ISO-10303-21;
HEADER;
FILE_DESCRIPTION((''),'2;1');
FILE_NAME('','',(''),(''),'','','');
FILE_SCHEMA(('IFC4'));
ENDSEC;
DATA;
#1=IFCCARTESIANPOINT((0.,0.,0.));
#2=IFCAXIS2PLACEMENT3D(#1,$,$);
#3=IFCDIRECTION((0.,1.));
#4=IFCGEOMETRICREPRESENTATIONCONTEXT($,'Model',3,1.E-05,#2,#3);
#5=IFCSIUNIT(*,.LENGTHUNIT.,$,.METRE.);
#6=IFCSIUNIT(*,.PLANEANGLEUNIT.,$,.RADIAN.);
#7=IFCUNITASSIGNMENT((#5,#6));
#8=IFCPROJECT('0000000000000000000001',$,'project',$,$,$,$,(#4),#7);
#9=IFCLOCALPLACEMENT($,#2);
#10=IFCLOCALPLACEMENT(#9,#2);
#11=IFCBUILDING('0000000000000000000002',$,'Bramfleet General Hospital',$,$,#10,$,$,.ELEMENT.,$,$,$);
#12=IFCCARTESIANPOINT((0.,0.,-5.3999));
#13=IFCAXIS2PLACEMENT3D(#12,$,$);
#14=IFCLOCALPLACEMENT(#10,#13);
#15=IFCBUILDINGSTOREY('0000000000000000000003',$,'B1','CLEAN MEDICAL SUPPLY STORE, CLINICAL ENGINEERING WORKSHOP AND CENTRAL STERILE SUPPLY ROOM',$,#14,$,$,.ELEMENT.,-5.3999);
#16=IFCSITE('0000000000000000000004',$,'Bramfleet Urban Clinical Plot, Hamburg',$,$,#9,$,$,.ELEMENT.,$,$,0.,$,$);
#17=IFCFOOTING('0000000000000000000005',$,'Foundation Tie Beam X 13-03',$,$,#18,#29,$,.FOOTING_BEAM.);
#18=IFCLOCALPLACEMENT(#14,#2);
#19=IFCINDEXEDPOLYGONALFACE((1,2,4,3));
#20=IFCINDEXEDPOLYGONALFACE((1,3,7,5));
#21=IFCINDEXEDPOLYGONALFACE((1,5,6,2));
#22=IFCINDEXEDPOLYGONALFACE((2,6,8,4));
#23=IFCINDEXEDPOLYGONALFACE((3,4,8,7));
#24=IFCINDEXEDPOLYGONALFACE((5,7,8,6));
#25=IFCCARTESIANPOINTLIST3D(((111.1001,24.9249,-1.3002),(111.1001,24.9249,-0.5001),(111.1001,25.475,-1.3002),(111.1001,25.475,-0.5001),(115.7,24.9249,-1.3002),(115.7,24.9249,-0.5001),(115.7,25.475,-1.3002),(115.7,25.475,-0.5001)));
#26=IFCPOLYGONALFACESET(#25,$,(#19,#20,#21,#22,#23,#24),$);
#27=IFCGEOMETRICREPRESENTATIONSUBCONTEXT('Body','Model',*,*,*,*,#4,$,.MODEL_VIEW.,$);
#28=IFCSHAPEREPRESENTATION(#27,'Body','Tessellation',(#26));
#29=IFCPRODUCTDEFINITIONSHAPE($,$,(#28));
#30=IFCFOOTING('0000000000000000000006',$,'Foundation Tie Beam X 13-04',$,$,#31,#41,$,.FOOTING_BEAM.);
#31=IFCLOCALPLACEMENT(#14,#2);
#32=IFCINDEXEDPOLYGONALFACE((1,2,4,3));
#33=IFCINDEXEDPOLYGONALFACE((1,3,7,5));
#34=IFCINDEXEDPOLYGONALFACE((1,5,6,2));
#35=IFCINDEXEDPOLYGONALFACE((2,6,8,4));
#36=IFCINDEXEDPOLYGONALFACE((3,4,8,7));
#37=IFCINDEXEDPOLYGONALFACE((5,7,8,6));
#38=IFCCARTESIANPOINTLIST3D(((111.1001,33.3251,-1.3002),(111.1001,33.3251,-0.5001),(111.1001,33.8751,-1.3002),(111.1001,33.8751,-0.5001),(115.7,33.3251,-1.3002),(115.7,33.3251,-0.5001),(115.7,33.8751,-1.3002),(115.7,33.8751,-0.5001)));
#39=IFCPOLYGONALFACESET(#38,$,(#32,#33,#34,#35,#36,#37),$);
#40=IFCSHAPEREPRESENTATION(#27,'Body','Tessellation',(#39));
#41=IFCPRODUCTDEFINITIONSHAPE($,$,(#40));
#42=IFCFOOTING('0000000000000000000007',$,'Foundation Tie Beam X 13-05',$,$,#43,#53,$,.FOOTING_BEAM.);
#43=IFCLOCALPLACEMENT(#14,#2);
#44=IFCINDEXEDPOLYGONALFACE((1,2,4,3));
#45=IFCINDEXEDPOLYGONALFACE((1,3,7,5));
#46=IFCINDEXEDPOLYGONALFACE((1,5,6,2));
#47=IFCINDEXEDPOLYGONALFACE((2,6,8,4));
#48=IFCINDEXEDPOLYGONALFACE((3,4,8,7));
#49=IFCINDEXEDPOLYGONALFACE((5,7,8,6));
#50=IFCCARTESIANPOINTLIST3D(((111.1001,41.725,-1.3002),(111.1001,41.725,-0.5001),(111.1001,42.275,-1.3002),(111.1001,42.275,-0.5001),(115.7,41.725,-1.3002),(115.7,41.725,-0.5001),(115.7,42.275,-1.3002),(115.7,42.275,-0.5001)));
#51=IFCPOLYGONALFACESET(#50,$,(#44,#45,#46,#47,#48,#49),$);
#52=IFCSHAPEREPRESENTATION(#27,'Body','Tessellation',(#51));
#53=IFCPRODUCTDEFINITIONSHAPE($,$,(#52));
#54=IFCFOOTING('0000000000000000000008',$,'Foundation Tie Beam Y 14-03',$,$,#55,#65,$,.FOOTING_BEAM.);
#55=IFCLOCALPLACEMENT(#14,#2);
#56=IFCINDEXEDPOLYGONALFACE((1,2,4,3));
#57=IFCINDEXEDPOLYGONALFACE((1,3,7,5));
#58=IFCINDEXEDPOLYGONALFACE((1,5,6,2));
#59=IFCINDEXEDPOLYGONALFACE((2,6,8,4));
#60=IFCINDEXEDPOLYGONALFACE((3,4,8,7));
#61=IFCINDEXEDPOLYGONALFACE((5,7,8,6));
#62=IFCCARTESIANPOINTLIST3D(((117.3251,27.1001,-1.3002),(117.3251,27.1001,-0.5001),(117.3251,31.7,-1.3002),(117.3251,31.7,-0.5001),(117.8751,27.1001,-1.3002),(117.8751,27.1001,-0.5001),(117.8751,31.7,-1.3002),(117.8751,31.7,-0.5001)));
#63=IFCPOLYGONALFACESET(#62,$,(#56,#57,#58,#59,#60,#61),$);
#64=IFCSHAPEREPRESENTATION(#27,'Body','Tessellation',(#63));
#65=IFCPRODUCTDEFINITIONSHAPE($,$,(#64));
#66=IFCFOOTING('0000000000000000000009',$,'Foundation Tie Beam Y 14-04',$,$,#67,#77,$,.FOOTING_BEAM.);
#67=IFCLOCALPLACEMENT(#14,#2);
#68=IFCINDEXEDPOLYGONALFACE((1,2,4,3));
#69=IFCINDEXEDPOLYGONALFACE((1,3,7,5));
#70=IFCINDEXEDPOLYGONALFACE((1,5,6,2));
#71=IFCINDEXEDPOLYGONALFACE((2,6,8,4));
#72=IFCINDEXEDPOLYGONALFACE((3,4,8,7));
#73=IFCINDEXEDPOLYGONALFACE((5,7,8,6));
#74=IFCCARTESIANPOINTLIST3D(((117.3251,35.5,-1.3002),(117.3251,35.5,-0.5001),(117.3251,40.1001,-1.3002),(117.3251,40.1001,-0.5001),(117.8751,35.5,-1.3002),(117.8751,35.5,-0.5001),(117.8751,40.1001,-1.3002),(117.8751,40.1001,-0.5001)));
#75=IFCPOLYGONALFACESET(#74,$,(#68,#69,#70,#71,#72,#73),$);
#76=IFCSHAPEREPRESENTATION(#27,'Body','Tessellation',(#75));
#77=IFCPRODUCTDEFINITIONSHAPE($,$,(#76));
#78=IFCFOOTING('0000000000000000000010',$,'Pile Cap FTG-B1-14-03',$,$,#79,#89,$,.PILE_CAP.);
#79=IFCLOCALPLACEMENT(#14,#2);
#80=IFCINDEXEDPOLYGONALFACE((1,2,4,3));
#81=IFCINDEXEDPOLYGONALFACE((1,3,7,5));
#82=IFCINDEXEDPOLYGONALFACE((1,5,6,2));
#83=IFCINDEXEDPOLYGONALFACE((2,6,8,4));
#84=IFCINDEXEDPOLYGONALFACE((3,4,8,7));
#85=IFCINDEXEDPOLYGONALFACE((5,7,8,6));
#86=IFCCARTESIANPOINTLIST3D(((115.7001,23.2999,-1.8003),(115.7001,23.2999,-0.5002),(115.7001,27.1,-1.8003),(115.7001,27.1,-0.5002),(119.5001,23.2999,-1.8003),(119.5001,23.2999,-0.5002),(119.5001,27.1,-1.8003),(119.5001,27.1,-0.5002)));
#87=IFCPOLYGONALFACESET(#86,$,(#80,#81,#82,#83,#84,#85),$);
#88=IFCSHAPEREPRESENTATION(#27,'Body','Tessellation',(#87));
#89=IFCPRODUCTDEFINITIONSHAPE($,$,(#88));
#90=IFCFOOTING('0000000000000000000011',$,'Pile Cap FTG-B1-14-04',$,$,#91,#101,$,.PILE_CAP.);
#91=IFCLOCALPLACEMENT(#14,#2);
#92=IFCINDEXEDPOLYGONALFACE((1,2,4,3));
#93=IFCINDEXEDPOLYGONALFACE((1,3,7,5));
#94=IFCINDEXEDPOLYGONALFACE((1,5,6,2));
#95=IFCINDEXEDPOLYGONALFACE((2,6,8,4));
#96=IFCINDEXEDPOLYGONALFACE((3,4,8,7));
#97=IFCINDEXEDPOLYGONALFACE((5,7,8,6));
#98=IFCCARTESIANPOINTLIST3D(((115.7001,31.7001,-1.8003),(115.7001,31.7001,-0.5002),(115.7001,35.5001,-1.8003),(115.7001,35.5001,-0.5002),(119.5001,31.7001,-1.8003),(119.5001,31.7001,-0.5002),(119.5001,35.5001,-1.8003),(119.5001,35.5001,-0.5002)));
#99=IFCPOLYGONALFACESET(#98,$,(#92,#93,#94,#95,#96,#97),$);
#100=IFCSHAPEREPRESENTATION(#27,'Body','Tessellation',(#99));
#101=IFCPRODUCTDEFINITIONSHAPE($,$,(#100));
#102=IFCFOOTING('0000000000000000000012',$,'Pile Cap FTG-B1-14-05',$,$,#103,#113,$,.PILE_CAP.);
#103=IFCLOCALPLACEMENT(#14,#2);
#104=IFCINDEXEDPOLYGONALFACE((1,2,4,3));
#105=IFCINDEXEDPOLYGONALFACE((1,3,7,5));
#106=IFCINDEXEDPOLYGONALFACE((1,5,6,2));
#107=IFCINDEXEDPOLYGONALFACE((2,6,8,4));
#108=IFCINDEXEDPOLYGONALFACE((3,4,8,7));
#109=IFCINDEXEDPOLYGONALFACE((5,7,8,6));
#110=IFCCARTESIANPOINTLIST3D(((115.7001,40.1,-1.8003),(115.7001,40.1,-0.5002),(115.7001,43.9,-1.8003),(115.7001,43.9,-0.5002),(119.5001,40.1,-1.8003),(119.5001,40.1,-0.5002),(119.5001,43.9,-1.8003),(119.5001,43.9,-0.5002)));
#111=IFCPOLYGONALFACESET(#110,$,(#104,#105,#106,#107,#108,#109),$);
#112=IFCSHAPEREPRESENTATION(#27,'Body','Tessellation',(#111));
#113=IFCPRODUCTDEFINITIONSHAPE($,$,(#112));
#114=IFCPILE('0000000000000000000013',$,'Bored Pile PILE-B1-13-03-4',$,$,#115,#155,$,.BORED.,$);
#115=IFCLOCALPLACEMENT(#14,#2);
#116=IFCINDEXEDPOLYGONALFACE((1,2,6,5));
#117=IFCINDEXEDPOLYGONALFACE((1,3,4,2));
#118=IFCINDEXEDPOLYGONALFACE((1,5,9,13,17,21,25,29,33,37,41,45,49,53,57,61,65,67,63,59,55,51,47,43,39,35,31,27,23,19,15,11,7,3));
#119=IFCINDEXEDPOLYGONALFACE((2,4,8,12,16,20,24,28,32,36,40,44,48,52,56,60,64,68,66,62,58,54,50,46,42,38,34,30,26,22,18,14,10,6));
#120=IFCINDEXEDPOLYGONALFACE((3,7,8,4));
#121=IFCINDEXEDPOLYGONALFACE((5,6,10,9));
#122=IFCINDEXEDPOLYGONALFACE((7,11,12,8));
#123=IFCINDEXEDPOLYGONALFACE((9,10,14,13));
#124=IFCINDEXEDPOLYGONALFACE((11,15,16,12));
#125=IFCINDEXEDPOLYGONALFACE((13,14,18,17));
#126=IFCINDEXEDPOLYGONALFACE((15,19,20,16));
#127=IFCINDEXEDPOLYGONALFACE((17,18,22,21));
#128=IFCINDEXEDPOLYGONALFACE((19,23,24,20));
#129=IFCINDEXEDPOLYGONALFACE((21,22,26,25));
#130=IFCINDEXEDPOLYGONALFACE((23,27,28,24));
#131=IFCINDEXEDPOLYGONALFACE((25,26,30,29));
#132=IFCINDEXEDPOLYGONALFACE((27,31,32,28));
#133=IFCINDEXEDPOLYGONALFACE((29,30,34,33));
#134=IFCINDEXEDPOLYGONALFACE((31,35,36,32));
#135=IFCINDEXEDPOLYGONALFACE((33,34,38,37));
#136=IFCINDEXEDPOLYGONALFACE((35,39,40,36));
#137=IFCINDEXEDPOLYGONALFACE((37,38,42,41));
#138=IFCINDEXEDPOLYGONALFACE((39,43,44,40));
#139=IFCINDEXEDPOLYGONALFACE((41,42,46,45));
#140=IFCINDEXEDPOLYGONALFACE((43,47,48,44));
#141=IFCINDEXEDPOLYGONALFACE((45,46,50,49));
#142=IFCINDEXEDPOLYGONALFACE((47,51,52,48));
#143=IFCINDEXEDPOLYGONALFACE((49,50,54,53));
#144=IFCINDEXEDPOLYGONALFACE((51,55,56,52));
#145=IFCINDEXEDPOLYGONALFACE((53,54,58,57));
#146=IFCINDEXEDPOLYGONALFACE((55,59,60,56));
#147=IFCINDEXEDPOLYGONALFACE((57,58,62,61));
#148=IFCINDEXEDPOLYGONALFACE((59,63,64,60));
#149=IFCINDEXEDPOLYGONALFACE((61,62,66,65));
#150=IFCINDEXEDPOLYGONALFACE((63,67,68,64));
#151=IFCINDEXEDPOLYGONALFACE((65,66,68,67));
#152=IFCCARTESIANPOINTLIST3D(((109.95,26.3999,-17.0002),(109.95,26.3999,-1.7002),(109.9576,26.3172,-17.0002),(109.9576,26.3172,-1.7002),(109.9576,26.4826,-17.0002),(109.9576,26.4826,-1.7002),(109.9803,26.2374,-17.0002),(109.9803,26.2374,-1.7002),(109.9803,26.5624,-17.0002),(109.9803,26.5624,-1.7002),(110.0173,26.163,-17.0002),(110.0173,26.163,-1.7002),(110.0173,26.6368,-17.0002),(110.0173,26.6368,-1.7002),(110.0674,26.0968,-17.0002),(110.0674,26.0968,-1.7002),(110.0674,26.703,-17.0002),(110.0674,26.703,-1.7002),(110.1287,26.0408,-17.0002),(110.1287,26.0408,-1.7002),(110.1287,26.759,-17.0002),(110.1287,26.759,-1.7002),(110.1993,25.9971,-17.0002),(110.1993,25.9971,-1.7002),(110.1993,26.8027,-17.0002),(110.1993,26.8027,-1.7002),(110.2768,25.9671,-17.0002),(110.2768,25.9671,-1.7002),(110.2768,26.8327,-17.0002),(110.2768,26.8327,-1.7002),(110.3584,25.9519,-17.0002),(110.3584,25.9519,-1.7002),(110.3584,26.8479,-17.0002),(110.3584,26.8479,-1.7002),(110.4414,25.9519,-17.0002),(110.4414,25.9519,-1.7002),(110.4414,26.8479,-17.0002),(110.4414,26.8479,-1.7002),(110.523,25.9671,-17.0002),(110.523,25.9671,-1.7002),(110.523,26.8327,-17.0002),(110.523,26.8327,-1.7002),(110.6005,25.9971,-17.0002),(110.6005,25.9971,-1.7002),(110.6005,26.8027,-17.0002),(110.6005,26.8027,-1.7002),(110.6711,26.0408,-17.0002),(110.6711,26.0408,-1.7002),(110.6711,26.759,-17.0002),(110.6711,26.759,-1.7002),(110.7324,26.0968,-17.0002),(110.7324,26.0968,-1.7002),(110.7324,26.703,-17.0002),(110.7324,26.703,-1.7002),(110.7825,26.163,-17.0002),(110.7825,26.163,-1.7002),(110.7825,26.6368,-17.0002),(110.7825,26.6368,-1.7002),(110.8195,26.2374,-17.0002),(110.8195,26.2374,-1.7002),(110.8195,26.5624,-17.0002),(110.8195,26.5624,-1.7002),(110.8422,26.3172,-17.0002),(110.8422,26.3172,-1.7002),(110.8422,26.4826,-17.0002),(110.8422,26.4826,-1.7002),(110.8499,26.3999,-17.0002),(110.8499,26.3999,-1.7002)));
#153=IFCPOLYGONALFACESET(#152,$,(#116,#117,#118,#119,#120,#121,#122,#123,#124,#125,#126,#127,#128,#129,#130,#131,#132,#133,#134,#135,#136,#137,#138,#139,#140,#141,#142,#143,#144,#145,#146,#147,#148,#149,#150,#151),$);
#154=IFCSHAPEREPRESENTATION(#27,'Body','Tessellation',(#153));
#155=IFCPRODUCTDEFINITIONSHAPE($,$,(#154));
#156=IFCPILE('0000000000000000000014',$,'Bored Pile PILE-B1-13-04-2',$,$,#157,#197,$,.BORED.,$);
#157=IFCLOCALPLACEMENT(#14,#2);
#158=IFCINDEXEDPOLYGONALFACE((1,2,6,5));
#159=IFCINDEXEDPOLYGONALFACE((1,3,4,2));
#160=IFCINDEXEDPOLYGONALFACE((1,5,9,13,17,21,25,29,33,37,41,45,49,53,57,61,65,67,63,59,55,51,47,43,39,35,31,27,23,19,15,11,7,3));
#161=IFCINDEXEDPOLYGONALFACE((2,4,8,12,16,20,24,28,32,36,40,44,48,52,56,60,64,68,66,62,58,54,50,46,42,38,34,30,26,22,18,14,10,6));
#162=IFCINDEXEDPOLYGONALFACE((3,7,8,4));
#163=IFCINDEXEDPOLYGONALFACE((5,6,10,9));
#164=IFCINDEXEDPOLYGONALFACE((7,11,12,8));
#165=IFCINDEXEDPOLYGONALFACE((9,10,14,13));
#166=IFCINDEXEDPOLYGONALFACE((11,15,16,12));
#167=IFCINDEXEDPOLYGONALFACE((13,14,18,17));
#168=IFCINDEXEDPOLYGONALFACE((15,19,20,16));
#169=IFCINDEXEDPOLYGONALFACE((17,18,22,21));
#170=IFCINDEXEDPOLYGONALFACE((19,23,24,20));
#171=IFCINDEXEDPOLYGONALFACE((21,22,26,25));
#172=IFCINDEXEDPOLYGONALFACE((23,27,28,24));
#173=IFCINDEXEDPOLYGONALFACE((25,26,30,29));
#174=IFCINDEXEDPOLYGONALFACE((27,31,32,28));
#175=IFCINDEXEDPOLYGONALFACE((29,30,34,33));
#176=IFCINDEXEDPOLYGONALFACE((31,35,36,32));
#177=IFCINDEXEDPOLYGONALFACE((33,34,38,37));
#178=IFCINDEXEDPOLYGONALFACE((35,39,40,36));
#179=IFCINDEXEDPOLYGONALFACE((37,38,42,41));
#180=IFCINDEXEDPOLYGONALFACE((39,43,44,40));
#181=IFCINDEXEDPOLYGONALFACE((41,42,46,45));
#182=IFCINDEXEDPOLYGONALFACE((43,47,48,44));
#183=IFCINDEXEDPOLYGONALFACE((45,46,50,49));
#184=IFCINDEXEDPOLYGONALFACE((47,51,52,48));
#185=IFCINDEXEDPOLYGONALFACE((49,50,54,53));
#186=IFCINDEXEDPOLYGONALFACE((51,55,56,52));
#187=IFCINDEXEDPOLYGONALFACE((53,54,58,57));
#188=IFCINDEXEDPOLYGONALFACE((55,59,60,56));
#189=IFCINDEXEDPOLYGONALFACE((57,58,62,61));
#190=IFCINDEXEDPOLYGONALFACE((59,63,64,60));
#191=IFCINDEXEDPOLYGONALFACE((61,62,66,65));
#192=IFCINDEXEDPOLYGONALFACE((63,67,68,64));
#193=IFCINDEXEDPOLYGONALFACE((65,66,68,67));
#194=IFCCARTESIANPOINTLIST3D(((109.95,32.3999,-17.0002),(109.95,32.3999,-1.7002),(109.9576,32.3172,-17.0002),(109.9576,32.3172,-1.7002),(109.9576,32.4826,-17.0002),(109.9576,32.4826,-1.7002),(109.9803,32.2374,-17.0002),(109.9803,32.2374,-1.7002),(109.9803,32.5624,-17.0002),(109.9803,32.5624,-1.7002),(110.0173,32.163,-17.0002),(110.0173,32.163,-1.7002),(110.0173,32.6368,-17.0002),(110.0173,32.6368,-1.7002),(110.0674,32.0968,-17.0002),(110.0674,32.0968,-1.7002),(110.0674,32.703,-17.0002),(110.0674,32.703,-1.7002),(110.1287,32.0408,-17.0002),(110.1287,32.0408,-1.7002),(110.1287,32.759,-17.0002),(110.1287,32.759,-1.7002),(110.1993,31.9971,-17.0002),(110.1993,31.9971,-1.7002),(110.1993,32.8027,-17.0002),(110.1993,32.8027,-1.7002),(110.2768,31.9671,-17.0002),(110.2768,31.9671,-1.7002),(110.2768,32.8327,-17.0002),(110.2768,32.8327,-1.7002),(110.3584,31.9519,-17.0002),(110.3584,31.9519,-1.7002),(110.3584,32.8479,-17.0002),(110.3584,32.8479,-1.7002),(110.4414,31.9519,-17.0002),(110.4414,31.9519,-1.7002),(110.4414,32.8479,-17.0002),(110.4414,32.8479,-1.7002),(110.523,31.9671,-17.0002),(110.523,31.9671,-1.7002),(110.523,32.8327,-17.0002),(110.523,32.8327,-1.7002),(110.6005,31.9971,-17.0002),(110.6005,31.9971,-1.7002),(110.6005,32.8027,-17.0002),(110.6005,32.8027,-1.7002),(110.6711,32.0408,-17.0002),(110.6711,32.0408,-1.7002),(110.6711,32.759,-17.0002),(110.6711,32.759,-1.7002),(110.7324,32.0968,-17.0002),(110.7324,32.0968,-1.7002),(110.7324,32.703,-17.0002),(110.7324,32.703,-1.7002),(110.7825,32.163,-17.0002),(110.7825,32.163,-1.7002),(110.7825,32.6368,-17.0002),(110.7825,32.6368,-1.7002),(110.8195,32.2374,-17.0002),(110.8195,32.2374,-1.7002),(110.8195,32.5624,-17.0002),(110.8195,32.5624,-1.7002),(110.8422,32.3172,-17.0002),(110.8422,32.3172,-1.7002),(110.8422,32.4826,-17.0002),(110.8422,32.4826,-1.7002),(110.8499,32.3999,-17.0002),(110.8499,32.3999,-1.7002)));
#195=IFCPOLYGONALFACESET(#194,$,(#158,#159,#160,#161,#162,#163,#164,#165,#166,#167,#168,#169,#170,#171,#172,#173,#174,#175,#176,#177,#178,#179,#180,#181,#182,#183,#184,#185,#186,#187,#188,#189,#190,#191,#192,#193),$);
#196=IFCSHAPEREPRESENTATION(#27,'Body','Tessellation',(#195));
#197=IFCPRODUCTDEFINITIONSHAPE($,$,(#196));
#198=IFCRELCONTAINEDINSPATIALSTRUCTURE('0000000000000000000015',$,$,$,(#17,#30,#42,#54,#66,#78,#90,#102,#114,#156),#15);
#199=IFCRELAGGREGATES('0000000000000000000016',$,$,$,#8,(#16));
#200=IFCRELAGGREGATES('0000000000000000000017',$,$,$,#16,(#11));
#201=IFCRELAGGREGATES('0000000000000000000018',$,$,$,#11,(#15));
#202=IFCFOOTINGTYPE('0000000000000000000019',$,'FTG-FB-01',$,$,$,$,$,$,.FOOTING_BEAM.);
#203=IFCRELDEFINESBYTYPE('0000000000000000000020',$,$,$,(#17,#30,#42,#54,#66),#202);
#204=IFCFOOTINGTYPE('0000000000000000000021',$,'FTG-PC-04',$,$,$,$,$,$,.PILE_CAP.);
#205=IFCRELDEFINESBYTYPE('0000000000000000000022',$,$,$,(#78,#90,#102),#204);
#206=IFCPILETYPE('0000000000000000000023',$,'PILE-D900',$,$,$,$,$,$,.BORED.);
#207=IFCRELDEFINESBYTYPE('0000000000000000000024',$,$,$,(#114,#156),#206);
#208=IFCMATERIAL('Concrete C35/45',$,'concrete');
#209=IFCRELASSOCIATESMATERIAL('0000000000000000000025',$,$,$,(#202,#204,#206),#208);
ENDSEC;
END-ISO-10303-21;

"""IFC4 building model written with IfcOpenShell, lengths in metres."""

from ifc_helpers import new_model, si_unit, direction, frame, origin, origin_2d, place, context, subcontext, project, spatial, rectangle, circle, extrude, material, material_profile, profile_set, type_object, element, save


model = new_model("IFC4")

# Units and contexts
model_context = context("Model", 3, precision=1e-05, world=origin(), true_north=direction((0.0, 1.0)))
body_context = subcontext(model_context, "Body", "Model", "MODEL_VIEW")
ifc_project = project(units=[si_unit("LENGTHUNIT", "METRE"), si_unit("PLANEANGLEUNIT", "RADIAN")], contexts=[model_context])

# Site, building, storey
site_placement = place(None, origin())
site = spatial("IfcSite", under=ifc_project, at=site_placement, Name="Bramfleet Urban Clinical Plot, Hamburg", CompositionType="ELEMENT", RefElevation=0.0)
building_placement = place(site_placement, origin())
building = spatial("IfcBuilding", under=site, at=building_placement, Name="Bramfleet General Hospital", CompositionType="ELEMENT")
storey_placement = place(building_placement, frame((0.0, 0.0, -5.3999)))
storey = spatial("IfcBuildingStorey", under=building, at=storey_placement, Name="B1", Description="CLEAN MEDICAL SUPPLY STORE, CLINICAL ENGINEERING WORKSHOP AND CENTRAL STERILE SUPPLY ROOM", CompositionType="ELEMENT", Elevation=-5.3999)

# Footings
ifc_material_1 = material(Name="Concrete C35/45", Category="concrete")
ifc_material_profile_1 = material_profile(ifc_material_1, rectangle(XDim=0.55, YDim=0.8, at=origin_2d()), Name="RC FB 800x550")
ifc_profile_set_1 = profile_set([ifc_material_profile_1], Name="Concrete C35/45")
footing_type_1 = type_object("IfcFootingType", Name="FTG-FB-01", PredefinedType="FOOTING_BEAM", material=ifc_profile_set_1)
for number, where, z_axis, x_axis, name in (
    (1, (111.1001, 25.2, -0.9001), (1.0, 0.0, 0.0), (0.0, 1.0, 0.0), "Foundation Tie Beam X 13-03"),
    (2, (111.1001, 33.6001, -0.9001), (1.0, 0.0, 0.0), (0.0, 1.0, 0.0), "Foundation Tie Beam X 13-04"),
    (3, (111.1001, 42.0, -0.9001), (1.0, 0.0, 0.0), (0.0, 1.0, 0.0), "Foundation Tie Beam X 13-05"),
    (4, (117.6001, 27.1001, -0.9001), (0.0, 1.0, 0.0), (-1.0, 0.0, 0.0), "Foundation Tie Beam Y 14-03"),
):
    element("IfcFooting", number, at=place(storey_placement, frame(where, z_axis=z_axis, x_axis=x_axis)), inside=storey, type_object=footing_type_1, Name=name, PredefinedType="FOOTING_BEAM", context=body_context, shape_type="SweptSolid", body=[
        extrude(rectangle(XDim=0.55, YDim=0.8, at=origin_2d()), origin(), (0.0, 0.0, 1.0), 4.5999),
    ])
footing_placement = place(storey_placement, frame((117.6001, 35.5, -0.9001), z_axis=(0.0, 1.0, 0.0), x_axis=(-1.0, 0.0, 0.0)))
element("IfcFooting", 5, at=footing_placement, inside=storey, type_object=footing_type_1, Name="Foundation Tie Beam Y 14-04", PredefinedType="FOOTING_BEAM", context=body_context, shape_type="SweptSolid", body=[
    extrude(rectangle(XDim=0.55, YDim=0.8, at=origin_2d()), origin(), (0.0, 0.0, 1.0), 4.6001),
])
footing_type_2 = type_object("IfcFootingType", Name="FTG-PC-04", PredefinedType="PILE_CAP", material=ifc_material_1)
for number, where, z_axis, x_axis, name in (
    (6, (117.6001, 25.2, -1.8003), (0.0, 0.0, 1.0), (1.0, 0.0, 0.0), "Pile Cap FTG-B1-14-03"),
    (7, (117.6001, 33.6001, -1.8003), (0.0, 0.0, 1.0), (1.0, 0.0, 0.0), "Pile Cap FTG-B1-14-04"),
    (8, (117.6001, 42.0, -1.8003), (0.0, 0.0, 1.0), (1.0, 0.0, 0.0), "Pile Cap FTG-B1-14-05"),
):
    element("IfcFooting", number, at=place(storey_placement, frame(where, z_axis=z_axis, x_axis=x_axis)), inside=storey, type_object=footing_type_2, Name=name, PredefinedType="PILE_CAP", context=body_context, shape_type="SweptSolid", body=[
        extrude(rectangle(XDim=3.8, YDim=3.8, at=origin_2d()), origin(), (0.0, 0.0, 1.0), 1.3),
    ])

# Piles
ifc_material_profile_2 = material_profile(ifc_material_1, circle(Radius=0.45, at=origin_2d()), Name="PILE BORED D900")
ifc_profile_set_2 = profile_set([ifc_material_profile_2], Name="Concrete C35/45")
pile_type = type_object("IfcPileType", Name="PILE-D900", PredefinedType="BORED", material=ifc_profile_set_2)
for number, where, z_axis, x_axis, name in (
    (9, (110.3999, 26.3999, -1.7002), (0.0, 0.0, -1.0), (1.0, 0.0, 0.0), "Bored Pile PILE-B1-13-03-4"),
    (10, (110.3999, 32.3999, -1.7002), (0.0, 0.0, -1.0), (1.0, 0.0, 0.0), "Bored Pile PILE-B1-13-04-2"),
):
    element("IfcPile", number, at=place(storey_placement, frame(where, z_axis=z_axis, x_axis=x_axis)), inside=storey, type_object=pile_type, Name=name, PredefinedType="BORED", context=body_context, shape_type="SweptSolid", body=[
        extrude(circle(Radius=0.45, at=origin_2d()), origin(), (0.0, 0.0, 1.0), 15.3),
    ])

save(model, "model.ifc")
